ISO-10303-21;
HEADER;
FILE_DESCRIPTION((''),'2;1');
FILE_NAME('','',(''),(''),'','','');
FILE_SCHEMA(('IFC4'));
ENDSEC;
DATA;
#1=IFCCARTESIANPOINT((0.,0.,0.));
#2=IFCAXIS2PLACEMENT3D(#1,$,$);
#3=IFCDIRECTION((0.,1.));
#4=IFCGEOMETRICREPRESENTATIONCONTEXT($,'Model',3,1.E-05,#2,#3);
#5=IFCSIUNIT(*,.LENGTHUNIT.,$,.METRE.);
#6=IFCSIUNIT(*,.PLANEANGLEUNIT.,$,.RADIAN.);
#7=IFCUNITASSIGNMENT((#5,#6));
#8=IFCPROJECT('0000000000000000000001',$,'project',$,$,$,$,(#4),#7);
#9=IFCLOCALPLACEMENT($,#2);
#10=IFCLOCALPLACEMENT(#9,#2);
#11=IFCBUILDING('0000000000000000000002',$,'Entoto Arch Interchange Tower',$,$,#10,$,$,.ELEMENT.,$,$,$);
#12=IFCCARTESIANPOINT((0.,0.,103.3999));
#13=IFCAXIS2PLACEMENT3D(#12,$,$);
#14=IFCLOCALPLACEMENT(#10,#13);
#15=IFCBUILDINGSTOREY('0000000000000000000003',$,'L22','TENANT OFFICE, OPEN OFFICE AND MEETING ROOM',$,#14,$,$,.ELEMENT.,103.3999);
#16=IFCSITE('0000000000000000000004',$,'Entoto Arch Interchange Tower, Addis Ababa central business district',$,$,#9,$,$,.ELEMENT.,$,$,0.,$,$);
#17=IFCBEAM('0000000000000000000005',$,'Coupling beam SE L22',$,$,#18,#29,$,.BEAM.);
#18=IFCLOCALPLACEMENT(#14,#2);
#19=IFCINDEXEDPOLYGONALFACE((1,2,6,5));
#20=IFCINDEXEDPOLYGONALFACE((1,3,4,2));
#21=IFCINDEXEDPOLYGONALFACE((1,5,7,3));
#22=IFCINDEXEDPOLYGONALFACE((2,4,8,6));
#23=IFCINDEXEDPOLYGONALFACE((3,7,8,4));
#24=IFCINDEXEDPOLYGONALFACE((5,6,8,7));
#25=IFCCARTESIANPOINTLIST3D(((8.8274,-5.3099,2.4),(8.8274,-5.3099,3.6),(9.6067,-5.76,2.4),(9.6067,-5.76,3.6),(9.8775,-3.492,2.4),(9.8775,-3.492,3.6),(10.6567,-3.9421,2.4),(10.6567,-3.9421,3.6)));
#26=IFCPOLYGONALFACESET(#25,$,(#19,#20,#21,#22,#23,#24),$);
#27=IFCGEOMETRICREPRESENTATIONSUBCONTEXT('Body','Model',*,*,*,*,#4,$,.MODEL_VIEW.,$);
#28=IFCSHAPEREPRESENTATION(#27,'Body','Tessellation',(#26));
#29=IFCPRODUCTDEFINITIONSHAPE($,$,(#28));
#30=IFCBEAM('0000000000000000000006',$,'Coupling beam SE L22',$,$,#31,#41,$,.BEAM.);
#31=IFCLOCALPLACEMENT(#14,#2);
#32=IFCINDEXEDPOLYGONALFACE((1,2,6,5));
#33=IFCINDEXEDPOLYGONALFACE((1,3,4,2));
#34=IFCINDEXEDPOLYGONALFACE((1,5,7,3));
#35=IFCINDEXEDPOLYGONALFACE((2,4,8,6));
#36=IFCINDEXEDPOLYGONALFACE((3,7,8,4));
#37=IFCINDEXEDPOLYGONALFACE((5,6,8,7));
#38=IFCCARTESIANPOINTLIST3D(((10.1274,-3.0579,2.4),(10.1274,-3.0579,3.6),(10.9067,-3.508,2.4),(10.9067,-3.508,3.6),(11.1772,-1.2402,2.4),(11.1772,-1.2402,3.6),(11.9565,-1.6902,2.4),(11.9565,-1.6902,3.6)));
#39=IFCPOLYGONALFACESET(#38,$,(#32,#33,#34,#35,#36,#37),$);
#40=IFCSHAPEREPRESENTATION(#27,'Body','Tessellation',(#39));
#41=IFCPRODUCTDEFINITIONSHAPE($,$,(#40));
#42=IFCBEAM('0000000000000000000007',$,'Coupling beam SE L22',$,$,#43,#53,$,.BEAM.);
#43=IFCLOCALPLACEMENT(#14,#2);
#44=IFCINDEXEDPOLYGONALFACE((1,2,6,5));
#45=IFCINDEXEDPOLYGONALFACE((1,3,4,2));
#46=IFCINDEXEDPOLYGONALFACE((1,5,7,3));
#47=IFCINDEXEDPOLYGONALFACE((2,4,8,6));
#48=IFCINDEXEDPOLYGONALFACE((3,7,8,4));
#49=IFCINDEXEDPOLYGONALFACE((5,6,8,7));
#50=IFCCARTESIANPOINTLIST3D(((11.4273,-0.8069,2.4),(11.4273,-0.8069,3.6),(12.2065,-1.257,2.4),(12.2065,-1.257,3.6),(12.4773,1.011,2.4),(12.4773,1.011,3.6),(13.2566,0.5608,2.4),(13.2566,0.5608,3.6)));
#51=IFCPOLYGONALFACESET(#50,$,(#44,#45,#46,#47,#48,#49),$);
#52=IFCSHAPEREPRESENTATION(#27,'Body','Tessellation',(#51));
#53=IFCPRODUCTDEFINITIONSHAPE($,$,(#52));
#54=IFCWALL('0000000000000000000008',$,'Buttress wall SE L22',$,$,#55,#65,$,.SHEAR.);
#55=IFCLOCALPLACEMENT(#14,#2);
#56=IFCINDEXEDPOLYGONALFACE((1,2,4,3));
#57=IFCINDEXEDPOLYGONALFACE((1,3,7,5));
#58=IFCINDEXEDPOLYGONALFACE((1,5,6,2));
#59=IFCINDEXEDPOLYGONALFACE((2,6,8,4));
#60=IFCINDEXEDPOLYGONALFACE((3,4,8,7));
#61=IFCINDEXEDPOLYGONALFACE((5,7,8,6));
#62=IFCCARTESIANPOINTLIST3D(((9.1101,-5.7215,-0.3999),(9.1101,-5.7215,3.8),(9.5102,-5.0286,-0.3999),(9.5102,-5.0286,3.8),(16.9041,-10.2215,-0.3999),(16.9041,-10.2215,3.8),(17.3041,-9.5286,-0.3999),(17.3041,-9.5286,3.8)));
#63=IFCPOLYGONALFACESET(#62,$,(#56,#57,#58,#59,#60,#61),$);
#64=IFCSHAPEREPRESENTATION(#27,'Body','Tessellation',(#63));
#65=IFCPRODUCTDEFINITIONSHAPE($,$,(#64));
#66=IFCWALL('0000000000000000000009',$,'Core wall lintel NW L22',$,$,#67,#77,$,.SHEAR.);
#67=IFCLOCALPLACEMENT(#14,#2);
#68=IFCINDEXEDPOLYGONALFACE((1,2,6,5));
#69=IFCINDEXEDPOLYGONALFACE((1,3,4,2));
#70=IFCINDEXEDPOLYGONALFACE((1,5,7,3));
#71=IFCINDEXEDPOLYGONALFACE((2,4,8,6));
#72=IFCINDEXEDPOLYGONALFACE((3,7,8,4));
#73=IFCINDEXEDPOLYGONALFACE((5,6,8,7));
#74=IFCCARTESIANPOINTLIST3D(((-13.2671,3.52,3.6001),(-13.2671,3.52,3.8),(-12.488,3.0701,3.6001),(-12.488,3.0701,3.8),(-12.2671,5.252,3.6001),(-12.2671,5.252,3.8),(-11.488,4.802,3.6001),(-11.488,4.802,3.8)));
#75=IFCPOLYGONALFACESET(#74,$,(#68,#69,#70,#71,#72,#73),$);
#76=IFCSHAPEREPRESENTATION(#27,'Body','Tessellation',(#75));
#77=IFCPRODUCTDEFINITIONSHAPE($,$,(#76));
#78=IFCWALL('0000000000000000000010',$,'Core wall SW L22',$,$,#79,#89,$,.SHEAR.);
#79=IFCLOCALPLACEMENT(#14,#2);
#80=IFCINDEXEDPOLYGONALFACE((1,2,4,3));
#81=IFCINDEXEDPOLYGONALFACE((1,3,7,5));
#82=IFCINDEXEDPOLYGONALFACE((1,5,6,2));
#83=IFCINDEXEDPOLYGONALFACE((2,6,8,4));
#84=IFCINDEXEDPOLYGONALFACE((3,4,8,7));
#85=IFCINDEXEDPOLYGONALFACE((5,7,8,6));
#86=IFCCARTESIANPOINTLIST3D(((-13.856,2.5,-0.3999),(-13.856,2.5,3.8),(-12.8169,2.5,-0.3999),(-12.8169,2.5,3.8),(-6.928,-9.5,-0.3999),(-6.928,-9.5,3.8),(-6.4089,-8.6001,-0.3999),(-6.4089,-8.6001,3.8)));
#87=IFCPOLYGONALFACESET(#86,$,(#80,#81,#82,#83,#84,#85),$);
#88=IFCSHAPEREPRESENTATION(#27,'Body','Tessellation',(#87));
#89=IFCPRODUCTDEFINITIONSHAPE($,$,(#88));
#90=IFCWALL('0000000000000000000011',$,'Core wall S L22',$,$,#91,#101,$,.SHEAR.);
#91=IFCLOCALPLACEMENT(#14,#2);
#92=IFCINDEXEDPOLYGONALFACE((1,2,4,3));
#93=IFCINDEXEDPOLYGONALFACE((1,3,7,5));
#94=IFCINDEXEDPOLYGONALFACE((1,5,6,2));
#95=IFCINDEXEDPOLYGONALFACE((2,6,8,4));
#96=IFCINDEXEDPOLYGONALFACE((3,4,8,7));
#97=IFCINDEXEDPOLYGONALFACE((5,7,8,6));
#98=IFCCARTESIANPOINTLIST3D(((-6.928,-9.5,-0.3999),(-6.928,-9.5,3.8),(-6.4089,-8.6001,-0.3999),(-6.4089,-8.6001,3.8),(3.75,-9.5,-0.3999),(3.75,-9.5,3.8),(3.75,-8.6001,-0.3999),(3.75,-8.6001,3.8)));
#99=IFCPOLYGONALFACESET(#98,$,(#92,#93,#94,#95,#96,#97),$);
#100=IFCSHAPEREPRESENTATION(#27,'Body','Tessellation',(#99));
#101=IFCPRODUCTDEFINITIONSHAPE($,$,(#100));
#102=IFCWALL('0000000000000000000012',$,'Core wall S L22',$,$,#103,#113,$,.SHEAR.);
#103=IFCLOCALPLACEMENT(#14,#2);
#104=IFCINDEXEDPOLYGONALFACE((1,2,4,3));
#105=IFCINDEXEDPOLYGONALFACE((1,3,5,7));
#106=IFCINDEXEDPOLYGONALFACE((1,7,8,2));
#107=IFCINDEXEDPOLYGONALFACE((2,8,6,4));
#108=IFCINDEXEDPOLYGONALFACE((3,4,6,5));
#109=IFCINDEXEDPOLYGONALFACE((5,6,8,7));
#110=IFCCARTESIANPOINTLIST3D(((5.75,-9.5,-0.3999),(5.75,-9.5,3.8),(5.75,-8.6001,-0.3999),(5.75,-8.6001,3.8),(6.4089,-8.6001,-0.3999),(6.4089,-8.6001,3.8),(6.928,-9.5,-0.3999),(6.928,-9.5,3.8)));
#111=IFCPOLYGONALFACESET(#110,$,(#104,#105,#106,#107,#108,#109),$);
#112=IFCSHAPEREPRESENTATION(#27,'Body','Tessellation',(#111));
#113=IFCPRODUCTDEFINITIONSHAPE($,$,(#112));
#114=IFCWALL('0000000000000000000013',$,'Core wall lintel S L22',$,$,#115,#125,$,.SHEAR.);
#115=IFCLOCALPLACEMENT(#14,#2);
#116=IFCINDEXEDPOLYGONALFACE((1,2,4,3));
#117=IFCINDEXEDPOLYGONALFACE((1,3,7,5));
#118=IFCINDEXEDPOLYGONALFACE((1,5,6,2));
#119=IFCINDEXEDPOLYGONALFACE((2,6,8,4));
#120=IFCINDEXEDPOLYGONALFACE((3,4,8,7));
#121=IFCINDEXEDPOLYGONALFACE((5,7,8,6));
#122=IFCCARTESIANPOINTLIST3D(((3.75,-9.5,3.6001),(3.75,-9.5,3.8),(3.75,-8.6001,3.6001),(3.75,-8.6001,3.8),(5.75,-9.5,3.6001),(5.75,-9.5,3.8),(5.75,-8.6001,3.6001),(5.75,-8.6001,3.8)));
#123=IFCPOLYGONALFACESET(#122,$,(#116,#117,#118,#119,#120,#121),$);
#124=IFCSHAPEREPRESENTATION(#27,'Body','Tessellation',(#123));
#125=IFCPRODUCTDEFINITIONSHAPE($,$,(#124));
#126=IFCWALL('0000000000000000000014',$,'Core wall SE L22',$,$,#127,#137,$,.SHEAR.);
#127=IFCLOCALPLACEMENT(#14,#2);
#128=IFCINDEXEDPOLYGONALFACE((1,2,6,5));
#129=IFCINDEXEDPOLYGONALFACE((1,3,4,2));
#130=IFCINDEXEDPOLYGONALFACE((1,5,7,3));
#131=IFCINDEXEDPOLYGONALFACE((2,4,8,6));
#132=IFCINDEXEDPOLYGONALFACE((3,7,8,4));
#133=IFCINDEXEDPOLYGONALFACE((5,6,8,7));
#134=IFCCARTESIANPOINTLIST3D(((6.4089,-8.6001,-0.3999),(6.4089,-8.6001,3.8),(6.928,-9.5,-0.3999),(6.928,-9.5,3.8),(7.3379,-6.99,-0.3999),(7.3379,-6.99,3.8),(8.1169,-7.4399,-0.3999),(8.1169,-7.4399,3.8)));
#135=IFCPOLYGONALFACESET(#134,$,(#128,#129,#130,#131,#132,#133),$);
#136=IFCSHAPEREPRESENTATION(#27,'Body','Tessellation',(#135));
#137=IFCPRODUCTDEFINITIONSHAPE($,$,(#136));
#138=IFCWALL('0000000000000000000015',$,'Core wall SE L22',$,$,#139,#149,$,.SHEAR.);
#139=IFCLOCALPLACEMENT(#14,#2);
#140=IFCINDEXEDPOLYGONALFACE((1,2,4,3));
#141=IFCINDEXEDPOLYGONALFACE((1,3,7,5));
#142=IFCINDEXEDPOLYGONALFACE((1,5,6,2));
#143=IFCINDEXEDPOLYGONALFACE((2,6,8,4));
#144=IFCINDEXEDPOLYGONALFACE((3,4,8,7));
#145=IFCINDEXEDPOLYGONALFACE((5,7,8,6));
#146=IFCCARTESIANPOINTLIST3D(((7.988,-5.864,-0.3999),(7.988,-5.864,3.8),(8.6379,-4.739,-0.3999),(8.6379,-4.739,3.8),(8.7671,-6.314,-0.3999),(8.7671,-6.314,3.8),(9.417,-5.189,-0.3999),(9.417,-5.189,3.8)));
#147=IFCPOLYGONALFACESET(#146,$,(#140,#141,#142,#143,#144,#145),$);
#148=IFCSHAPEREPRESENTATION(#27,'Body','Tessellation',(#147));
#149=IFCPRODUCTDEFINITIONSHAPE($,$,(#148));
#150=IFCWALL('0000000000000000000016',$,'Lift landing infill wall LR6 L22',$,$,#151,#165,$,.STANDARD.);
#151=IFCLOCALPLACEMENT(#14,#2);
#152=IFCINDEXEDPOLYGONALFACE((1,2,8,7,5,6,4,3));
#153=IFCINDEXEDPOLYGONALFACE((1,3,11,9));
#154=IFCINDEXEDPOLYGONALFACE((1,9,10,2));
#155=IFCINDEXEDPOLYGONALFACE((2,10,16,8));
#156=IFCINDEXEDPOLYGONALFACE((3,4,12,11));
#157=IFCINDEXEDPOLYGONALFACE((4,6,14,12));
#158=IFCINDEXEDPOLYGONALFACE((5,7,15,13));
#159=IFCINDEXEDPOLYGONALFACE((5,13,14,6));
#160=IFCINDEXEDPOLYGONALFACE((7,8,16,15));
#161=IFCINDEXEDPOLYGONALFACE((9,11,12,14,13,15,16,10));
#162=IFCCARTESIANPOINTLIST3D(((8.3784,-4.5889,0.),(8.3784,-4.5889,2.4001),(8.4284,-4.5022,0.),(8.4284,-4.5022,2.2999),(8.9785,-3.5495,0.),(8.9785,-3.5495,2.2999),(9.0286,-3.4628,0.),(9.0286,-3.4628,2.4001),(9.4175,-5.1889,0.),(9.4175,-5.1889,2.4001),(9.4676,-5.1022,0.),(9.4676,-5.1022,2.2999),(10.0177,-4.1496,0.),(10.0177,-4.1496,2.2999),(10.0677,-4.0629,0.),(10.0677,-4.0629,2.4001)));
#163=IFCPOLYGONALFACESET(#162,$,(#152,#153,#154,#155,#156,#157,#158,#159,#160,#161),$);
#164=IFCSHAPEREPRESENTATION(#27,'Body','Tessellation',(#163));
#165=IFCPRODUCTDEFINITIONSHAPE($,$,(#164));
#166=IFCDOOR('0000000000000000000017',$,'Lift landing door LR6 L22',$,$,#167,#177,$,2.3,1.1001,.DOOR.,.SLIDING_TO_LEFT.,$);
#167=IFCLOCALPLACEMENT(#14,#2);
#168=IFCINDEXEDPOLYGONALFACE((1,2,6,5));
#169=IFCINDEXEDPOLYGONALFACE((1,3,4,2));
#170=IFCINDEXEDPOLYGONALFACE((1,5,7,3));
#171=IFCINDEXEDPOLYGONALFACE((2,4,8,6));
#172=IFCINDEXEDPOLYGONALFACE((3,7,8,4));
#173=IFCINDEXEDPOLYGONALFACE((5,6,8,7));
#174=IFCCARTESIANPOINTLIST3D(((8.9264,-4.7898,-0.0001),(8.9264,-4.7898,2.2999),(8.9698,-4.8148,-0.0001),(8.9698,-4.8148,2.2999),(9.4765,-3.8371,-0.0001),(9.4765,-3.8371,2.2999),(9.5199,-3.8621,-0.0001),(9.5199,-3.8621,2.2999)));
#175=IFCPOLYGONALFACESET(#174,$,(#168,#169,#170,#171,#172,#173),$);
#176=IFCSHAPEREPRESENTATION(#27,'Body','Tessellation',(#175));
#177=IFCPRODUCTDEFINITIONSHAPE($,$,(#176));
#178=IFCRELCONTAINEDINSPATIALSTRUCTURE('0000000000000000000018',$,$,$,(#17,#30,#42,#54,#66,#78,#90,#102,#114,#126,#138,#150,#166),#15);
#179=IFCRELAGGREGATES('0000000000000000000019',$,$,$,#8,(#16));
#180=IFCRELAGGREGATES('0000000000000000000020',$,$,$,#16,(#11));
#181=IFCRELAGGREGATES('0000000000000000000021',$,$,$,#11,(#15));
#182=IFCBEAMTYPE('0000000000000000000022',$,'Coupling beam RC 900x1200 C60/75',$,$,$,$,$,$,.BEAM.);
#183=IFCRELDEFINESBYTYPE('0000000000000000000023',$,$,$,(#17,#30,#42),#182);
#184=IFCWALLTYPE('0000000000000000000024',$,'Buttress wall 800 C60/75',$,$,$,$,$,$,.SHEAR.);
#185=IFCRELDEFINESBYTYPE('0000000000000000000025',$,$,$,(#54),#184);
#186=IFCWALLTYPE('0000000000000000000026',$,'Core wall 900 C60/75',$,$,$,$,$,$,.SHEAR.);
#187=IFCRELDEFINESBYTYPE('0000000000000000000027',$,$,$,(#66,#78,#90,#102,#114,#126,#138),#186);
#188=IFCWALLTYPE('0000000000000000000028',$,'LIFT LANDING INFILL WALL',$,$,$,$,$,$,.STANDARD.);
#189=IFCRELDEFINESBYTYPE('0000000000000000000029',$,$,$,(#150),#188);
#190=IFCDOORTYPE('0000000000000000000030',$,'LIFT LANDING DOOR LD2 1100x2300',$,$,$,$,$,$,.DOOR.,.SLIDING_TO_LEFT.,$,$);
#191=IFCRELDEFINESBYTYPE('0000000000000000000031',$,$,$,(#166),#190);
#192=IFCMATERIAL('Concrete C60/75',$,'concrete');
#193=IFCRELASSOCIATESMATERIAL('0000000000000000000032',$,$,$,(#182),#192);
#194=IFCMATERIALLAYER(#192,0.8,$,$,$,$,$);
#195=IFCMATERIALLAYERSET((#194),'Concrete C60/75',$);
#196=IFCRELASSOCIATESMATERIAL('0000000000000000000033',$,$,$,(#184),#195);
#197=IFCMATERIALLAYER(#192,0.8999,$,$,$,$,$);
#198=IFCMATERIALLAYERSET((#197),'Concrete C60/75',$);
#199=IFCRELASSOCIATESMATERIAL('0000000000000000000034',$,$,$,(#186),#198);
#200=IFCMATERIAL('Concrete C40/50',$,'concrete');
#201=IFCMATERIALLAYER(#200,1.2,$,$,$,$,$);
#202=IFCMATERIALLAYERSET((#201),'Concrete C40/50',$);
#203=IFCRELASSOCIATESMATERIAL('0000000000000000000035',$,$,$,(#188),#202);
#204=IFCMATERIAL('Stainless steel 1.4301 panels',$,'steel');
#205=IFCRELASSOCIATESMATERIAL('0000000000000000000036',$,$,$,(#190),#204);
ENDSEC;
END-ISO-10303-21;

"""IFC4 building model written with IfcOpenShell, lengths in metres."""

from ifc_helpers import new_model, si_unit, direction, frame, frame_2d, origin, origin_2d, place, context, subcontext, project, spatial, polyline, rectangle, outline, extrude, material, layer, layer_set, material_profile, profile_set, type_object, element, fill, save


model = new_model("IFC4")

# Units and contexts
model_context = context("Model", 3, precision=1e-05, world=origin(), true_north=direction((0.0, 1.0)))
body_context = subcontext(model_context, "Body", "Model", "MODEL_VIEW")
ifc_project = project(units=[si_unit("LENGTHUNIT", "METRE"), si_unit("PLANEANGLEUNIT", "RADIAN")], contexts=[model_context])

# Site, building, storey
site_placement = place(None, origin())
site = spatial("IfcSite", under=ifc_project, at=site_placement, Name="Entoto Arch Interchange Tower, Addis Ababa central business district", CompositionType="ELEMENT", RefElevation=0.0)
building_placement = place(site_placement, origin())
building = spatial("IfcBuilding", under=site, at=building_placement, Name="Entoto Arch Interchange Tower", CompositionType="ELEMENT")
storey_placement = place(building_placement, frame((0.0, 0.0, 103.3999)))
storey = spatial("IfcBuildingStorey", under=building, at=storey_placement, Name="L22", Description="TENANT OFFICE, OPEN OFFICE AND MEETING ROOM", CompositionType="ELEMENT", Elevation=103.3999)

# Beams
ifc_material_1 = material(Name="Concrete C60/75", Category="concrete")
ifc_material_profile = material_profile(ifc_material_1, rectangle(XDim=0.8999, YDim=1.2, at=origin_2d()))
ifc_profile_set = profile_set([ifc_material_profile], Name="Concrete C60/75")
beam_type = type_object("IfcBeamType", Name="Coupling beam RC 900x1200 C60/75", PredefinedType="BEAM", material=ifc_profile_set)
beam_1_placement = place(storey_placement, frame((9.217, -5.5349, 3.0), z_axis=(0.500179, 0.865922, 0.0), x_axis=(-0.865922, 0.500179, 0.0)))
element("IfcBeam", 1, at=beam_1_placement, inside=storey, type_object=beam_type, Name="Coupling beam SE L22", PredefinedType="BEAM", context=body_context, shape_type="SweptSolid", body=[
    extrude(rectangle(XDim=0.8999, YDim=1.2, at=origin_2d()), origin(), (0.0, 0.0, 1.0), 2.0994),
])
beam_2_placement = place(storey_placement, frame((10.5171, -3.283, 3.0), z_axis=(0.500092, 0.865973, 0.0), x_axis=(-0.865973, 0.500092, 0.0)))
element("IfcBeam", 2, at=beam_2_placement, inside=storey, type_object=beam_type, Name="Coupling beam SE L22", PredefinedType="BEAM", context=body_context, shape_type="SweptSolid", body=[
    extrude(rectangle(XDim=0.8999, YDim=1.2, at=origin_2d()), origin(), (0.0, 0.0, 1.0), 2.0991),
])
beam_3_placement = place(storey_placement, frame((11.8169, -1.032, 3.0), z_axis=(0.500179, 0.865922, 0.0), x_axis=(-0.865922, 0.500179, 0.0)))
element("IfcBeam", 3, at=beam_3_placement, inside=storey, type_object=beam_type, Name="Coupling beam SE L22", PredefinedType="BEAM", context=body_context, shape_type="SweptSolid", body=[
    extrude(rectangle(XDim=0.8999, YDim=1.2, at=origin_2d()), origin(), (0.0, 0.0, 1.0), 2.0994),
])

# Walls
ifc_layer_1 = layer(ifc_material_1, 0.8)
ifc_layer_set_1 = layer_set([ifc_layer_1], Name="Concrete C60/75")
wall_type_1 = type_object("IfcWallType", Name="Buttress wall 800 C60/75", PredefinedType="SHEAR", material=ifc_layer_set_1)
wall_1_placement = place(storey_placement, frame((9.3101, -5.375, -0.3999), z_axis=(0.0, 0.0, 1.0), x_axis=(0.866018, -0.500014, 0.0)))
element("IfcWall", 4, at=wall_1_placement, inside=storey, type_object=wall_type_1, Name="Buttress wall SE L22", PredefinedType="SHEAR", context=body_context, shape_type="SweptSolid", body=[
    extrude(rectangle(XDim=8.9998, YDim=0.8, at=frame_2d((4.5, 0.0))), origin(), (0.0, 0.0, 1.0), 4.2),
])
ifc_layer_2 = layer(ifc_material_1, 0.8999)
ifc_layer_set_2 = layer_set([ifc_layer_2], Name="Concrete C60/75")
wall_type_2 = type_object("IfcWallType", Name="Core wall 900 C60/75", PredefinedType="SHEAR", material=ifc_layer_set_2)
wall_2_placement = place(storey_placement, frame((0.0, 0.0, 3.6001)))
element("IfcWall", 5, at=wall_2_placement, inside=storey, type_object=wall_type_2, Name="Core wall lintel NW L22", PredefinedType="SHEAR", context=body_context, shape_type="SweptSolid", body=[
    extrude(outline(polyline([(-13.2671, 3.52), (-12.488, 3.0701), (-11.488, 4.802), (-12.2671, 5.252), (-13.2671, 3.52)])), origin(), (0.0, 0.0, 1.0), 0.2),
])
wall_3_placement = place(storey_placement, frame((0.0, 0.0, -0.3999)))
element("IfcWall", 6, at=wall_3_placement, inside=storey, type_object=wall_type_2, Name="Core wall SW L22", PredefinedType="SHEAR", context=body_context, shape_type="SweptSolid", body=[
    extrude(outline(polyline([(-13.856, 2.5), (-6.928, -9.5), (-6.4089, -8.6001), (-12.8169, 2.5), (-13.856, 2.5)])), origin(), (0.0, 0.0, 1.0), 4.2),
])
wall_4_placement = place(storey_placement, frame((0.0, 0.0, -0.3999)))
element("IfcWall", 7, at=wall_4_placement, inside=storey, type_object=wall_type_2, Name="Core wall S L22", PredefinedType="SHEAR", context=body_context, shape_type="SweptSolid", body=[
    extrude(outline(polyline([(3.75, -9.5), (3.75, -8.6001), (-6.4089, -8.6001), (-6.928, -9.5), (3.75, -9.5)])), origin(), (0.0, 0.0, 1.0), 4.2),
])
wall_5_placement = place(storey_placement, frame((0.0, 0.0, -0.3999)))
element("IfcWall", 8, at=wall_5_placement, inside=storey, type_object=wall_type_2, Name="Core wall S L22", PredefinedType="SHEAR", context=body_context, shape_type="SweptSolid", body=[
    extrude(outline(polyline([(5.75, -8.6001), (5.75, -9.5), (6.928, -9.5), (6.4089, -8.6001), (5.75, -8.6001)])), origin(), (0.0, 0.0, 1.0), 4.2),
])
wall_6_placement = place(storey_placement, frame((0.0, 0.0, 3.6001)))
element("IfcWall", 9, at=wall_6_placement, inside=storey, type_object=wall_type_2, Name="Core wall lintel S L22", PredefinedType="SHEAR", context=body_context, shape_type="SweptSolid", body=[
    extrude(outline(polyline([(5.75, -9.5), (5.75, -8.6001), (3.75, -8.6001), (3.75, -9.5), (5.75, -9.5)])), origin(), (0.0, 0.0, 1.0), 0.2),
])
wall_7_placement = place(storey_placement, frame((0.0, 0.0, -0.3999)))
element("IfcWall", 10, at=wall_7_placement, inside=storey, type_object=wall_type_2, Name="Core wall SE L22", PredefinedType="SHEAR", context=body_context, shape_type="SweptSolid", body=[
    extrude(outline(polyline([(8.1169, -7.4399), (7.3379, -6.99), (6.4089, -8.6001), (6.928, -9.5), (8.1169, -7.4399)])), origin(), (0.0, 0.0, 1.0), 4.2),
])
wall_8_placement = place(storey_placement, frame((0.0, 0.0, -0.3999)))
element("IfcWall", 11, at=wall_8_placement, inside=storey, type_object=wall_type_2, Name="Core wall SE L22", PredefinedType="SHEAR", context=body_context, shape_type="SweptSolid", body=[
    extrude(outline(polyline([(9.417, -5.189), (8.6379, -4.739), (7.988, -5.864), (8.7671, -6.314), (9.417, -5.189)])), origin(), (0.0, 0.0, 1.0), 4.2),
])

# Wall, opening, door
ifc_material_2 = material(Name="Concrete C40/50", Category="concrete")
ifc_layer_3 = layer(ifc_material_2, 1.2)
ifc_layer_set_3 = layer_set([ifc_layer_3], Name="Concrete C40/50")
wall_type_3 = type_object("IfcWallType", Name="LIFT LANDING INFILL WALL", PredefinedType="STANDARD", material=ifc_layer_set_3)
wall_9_placement = place(storey_placement, frame((8.8979, -4.8889, 0.0), z_axis=(0.0, 0.0, 1.0), x_axis=(0.500037, 0.866004, 0.0)))
wall_9 = element("IfcWall", 12, at=wall_9_placement, inside=storey, type_object=wall_type_3, Name="Lift landing infill wall LR6 L22", PredefinedType="STANDARD", context=body_context, shape_type="SweptSolid", body=[
    extrude(rectangle(XDim=1.3003, YDim=1.2, at=frame_2d((0.6501, 0.0))), origin(), (0.0, 0.0, 1.0), 2.4001),
])
opening_1_placement = place(wall_9_placement, frame((0.1001, 0.0, 0.0)))
opening_1 = element("IfcOpeningElement", 13, at=opening_1_placement, cuts=wall_9, PredefinedType="OPENING", context=body_context, shape_type="SweptSolid", body=[
    extrude(rectangle(XDim=1.1001, YDim=2.3, at=frame_2d((0.55, 1.1499))), frame((0.0, 0.6099, 0.0), z_axis=(0.0, -1.0, 0.0), x_axis=(1.0, 0.0, 0.0)), (0.0, 0.0, 1.0), 1.22),
])
ifc_material_3 = material(Name="Stainless steel 1.4301 panels", Category="steel")
door_type_1 = type_object("IfcDoorType", Name="LIFT LANDING DOOR LD2 1100x2300", OperationType="SLIDING_TO_LEFT", PredefinedType="DOOR", material=ifc_material_3)
door_1_placement = place(opening_1_placement, origin())
door_1 = element("IfcDoor", 14, at=door_1_placement, inside=storey, type_object=door_type_1, Name="Lift landing door LR6 L22", OperationType="SLIDING_TO_LEFT", OverallHeight=2.3, OverallWidth=1.1001, PredefinedType="DOOR", context=body_context, shape_type="SweptSolid", body=[
    extrude(rectangle(XDim=1.1001, YDim=2.3, at=frame_2d((0.55, 1.1499))), frame((0.0, 0.0249, 0.0), z_axis=(0.0, -1.0, 0.0), x_axis=(1.0, 0.0, 0.0)), (0.0, 0.0, 1.0), 0.05),
])
fill(opening_1, door_1)

save(model, "model.ifc")
